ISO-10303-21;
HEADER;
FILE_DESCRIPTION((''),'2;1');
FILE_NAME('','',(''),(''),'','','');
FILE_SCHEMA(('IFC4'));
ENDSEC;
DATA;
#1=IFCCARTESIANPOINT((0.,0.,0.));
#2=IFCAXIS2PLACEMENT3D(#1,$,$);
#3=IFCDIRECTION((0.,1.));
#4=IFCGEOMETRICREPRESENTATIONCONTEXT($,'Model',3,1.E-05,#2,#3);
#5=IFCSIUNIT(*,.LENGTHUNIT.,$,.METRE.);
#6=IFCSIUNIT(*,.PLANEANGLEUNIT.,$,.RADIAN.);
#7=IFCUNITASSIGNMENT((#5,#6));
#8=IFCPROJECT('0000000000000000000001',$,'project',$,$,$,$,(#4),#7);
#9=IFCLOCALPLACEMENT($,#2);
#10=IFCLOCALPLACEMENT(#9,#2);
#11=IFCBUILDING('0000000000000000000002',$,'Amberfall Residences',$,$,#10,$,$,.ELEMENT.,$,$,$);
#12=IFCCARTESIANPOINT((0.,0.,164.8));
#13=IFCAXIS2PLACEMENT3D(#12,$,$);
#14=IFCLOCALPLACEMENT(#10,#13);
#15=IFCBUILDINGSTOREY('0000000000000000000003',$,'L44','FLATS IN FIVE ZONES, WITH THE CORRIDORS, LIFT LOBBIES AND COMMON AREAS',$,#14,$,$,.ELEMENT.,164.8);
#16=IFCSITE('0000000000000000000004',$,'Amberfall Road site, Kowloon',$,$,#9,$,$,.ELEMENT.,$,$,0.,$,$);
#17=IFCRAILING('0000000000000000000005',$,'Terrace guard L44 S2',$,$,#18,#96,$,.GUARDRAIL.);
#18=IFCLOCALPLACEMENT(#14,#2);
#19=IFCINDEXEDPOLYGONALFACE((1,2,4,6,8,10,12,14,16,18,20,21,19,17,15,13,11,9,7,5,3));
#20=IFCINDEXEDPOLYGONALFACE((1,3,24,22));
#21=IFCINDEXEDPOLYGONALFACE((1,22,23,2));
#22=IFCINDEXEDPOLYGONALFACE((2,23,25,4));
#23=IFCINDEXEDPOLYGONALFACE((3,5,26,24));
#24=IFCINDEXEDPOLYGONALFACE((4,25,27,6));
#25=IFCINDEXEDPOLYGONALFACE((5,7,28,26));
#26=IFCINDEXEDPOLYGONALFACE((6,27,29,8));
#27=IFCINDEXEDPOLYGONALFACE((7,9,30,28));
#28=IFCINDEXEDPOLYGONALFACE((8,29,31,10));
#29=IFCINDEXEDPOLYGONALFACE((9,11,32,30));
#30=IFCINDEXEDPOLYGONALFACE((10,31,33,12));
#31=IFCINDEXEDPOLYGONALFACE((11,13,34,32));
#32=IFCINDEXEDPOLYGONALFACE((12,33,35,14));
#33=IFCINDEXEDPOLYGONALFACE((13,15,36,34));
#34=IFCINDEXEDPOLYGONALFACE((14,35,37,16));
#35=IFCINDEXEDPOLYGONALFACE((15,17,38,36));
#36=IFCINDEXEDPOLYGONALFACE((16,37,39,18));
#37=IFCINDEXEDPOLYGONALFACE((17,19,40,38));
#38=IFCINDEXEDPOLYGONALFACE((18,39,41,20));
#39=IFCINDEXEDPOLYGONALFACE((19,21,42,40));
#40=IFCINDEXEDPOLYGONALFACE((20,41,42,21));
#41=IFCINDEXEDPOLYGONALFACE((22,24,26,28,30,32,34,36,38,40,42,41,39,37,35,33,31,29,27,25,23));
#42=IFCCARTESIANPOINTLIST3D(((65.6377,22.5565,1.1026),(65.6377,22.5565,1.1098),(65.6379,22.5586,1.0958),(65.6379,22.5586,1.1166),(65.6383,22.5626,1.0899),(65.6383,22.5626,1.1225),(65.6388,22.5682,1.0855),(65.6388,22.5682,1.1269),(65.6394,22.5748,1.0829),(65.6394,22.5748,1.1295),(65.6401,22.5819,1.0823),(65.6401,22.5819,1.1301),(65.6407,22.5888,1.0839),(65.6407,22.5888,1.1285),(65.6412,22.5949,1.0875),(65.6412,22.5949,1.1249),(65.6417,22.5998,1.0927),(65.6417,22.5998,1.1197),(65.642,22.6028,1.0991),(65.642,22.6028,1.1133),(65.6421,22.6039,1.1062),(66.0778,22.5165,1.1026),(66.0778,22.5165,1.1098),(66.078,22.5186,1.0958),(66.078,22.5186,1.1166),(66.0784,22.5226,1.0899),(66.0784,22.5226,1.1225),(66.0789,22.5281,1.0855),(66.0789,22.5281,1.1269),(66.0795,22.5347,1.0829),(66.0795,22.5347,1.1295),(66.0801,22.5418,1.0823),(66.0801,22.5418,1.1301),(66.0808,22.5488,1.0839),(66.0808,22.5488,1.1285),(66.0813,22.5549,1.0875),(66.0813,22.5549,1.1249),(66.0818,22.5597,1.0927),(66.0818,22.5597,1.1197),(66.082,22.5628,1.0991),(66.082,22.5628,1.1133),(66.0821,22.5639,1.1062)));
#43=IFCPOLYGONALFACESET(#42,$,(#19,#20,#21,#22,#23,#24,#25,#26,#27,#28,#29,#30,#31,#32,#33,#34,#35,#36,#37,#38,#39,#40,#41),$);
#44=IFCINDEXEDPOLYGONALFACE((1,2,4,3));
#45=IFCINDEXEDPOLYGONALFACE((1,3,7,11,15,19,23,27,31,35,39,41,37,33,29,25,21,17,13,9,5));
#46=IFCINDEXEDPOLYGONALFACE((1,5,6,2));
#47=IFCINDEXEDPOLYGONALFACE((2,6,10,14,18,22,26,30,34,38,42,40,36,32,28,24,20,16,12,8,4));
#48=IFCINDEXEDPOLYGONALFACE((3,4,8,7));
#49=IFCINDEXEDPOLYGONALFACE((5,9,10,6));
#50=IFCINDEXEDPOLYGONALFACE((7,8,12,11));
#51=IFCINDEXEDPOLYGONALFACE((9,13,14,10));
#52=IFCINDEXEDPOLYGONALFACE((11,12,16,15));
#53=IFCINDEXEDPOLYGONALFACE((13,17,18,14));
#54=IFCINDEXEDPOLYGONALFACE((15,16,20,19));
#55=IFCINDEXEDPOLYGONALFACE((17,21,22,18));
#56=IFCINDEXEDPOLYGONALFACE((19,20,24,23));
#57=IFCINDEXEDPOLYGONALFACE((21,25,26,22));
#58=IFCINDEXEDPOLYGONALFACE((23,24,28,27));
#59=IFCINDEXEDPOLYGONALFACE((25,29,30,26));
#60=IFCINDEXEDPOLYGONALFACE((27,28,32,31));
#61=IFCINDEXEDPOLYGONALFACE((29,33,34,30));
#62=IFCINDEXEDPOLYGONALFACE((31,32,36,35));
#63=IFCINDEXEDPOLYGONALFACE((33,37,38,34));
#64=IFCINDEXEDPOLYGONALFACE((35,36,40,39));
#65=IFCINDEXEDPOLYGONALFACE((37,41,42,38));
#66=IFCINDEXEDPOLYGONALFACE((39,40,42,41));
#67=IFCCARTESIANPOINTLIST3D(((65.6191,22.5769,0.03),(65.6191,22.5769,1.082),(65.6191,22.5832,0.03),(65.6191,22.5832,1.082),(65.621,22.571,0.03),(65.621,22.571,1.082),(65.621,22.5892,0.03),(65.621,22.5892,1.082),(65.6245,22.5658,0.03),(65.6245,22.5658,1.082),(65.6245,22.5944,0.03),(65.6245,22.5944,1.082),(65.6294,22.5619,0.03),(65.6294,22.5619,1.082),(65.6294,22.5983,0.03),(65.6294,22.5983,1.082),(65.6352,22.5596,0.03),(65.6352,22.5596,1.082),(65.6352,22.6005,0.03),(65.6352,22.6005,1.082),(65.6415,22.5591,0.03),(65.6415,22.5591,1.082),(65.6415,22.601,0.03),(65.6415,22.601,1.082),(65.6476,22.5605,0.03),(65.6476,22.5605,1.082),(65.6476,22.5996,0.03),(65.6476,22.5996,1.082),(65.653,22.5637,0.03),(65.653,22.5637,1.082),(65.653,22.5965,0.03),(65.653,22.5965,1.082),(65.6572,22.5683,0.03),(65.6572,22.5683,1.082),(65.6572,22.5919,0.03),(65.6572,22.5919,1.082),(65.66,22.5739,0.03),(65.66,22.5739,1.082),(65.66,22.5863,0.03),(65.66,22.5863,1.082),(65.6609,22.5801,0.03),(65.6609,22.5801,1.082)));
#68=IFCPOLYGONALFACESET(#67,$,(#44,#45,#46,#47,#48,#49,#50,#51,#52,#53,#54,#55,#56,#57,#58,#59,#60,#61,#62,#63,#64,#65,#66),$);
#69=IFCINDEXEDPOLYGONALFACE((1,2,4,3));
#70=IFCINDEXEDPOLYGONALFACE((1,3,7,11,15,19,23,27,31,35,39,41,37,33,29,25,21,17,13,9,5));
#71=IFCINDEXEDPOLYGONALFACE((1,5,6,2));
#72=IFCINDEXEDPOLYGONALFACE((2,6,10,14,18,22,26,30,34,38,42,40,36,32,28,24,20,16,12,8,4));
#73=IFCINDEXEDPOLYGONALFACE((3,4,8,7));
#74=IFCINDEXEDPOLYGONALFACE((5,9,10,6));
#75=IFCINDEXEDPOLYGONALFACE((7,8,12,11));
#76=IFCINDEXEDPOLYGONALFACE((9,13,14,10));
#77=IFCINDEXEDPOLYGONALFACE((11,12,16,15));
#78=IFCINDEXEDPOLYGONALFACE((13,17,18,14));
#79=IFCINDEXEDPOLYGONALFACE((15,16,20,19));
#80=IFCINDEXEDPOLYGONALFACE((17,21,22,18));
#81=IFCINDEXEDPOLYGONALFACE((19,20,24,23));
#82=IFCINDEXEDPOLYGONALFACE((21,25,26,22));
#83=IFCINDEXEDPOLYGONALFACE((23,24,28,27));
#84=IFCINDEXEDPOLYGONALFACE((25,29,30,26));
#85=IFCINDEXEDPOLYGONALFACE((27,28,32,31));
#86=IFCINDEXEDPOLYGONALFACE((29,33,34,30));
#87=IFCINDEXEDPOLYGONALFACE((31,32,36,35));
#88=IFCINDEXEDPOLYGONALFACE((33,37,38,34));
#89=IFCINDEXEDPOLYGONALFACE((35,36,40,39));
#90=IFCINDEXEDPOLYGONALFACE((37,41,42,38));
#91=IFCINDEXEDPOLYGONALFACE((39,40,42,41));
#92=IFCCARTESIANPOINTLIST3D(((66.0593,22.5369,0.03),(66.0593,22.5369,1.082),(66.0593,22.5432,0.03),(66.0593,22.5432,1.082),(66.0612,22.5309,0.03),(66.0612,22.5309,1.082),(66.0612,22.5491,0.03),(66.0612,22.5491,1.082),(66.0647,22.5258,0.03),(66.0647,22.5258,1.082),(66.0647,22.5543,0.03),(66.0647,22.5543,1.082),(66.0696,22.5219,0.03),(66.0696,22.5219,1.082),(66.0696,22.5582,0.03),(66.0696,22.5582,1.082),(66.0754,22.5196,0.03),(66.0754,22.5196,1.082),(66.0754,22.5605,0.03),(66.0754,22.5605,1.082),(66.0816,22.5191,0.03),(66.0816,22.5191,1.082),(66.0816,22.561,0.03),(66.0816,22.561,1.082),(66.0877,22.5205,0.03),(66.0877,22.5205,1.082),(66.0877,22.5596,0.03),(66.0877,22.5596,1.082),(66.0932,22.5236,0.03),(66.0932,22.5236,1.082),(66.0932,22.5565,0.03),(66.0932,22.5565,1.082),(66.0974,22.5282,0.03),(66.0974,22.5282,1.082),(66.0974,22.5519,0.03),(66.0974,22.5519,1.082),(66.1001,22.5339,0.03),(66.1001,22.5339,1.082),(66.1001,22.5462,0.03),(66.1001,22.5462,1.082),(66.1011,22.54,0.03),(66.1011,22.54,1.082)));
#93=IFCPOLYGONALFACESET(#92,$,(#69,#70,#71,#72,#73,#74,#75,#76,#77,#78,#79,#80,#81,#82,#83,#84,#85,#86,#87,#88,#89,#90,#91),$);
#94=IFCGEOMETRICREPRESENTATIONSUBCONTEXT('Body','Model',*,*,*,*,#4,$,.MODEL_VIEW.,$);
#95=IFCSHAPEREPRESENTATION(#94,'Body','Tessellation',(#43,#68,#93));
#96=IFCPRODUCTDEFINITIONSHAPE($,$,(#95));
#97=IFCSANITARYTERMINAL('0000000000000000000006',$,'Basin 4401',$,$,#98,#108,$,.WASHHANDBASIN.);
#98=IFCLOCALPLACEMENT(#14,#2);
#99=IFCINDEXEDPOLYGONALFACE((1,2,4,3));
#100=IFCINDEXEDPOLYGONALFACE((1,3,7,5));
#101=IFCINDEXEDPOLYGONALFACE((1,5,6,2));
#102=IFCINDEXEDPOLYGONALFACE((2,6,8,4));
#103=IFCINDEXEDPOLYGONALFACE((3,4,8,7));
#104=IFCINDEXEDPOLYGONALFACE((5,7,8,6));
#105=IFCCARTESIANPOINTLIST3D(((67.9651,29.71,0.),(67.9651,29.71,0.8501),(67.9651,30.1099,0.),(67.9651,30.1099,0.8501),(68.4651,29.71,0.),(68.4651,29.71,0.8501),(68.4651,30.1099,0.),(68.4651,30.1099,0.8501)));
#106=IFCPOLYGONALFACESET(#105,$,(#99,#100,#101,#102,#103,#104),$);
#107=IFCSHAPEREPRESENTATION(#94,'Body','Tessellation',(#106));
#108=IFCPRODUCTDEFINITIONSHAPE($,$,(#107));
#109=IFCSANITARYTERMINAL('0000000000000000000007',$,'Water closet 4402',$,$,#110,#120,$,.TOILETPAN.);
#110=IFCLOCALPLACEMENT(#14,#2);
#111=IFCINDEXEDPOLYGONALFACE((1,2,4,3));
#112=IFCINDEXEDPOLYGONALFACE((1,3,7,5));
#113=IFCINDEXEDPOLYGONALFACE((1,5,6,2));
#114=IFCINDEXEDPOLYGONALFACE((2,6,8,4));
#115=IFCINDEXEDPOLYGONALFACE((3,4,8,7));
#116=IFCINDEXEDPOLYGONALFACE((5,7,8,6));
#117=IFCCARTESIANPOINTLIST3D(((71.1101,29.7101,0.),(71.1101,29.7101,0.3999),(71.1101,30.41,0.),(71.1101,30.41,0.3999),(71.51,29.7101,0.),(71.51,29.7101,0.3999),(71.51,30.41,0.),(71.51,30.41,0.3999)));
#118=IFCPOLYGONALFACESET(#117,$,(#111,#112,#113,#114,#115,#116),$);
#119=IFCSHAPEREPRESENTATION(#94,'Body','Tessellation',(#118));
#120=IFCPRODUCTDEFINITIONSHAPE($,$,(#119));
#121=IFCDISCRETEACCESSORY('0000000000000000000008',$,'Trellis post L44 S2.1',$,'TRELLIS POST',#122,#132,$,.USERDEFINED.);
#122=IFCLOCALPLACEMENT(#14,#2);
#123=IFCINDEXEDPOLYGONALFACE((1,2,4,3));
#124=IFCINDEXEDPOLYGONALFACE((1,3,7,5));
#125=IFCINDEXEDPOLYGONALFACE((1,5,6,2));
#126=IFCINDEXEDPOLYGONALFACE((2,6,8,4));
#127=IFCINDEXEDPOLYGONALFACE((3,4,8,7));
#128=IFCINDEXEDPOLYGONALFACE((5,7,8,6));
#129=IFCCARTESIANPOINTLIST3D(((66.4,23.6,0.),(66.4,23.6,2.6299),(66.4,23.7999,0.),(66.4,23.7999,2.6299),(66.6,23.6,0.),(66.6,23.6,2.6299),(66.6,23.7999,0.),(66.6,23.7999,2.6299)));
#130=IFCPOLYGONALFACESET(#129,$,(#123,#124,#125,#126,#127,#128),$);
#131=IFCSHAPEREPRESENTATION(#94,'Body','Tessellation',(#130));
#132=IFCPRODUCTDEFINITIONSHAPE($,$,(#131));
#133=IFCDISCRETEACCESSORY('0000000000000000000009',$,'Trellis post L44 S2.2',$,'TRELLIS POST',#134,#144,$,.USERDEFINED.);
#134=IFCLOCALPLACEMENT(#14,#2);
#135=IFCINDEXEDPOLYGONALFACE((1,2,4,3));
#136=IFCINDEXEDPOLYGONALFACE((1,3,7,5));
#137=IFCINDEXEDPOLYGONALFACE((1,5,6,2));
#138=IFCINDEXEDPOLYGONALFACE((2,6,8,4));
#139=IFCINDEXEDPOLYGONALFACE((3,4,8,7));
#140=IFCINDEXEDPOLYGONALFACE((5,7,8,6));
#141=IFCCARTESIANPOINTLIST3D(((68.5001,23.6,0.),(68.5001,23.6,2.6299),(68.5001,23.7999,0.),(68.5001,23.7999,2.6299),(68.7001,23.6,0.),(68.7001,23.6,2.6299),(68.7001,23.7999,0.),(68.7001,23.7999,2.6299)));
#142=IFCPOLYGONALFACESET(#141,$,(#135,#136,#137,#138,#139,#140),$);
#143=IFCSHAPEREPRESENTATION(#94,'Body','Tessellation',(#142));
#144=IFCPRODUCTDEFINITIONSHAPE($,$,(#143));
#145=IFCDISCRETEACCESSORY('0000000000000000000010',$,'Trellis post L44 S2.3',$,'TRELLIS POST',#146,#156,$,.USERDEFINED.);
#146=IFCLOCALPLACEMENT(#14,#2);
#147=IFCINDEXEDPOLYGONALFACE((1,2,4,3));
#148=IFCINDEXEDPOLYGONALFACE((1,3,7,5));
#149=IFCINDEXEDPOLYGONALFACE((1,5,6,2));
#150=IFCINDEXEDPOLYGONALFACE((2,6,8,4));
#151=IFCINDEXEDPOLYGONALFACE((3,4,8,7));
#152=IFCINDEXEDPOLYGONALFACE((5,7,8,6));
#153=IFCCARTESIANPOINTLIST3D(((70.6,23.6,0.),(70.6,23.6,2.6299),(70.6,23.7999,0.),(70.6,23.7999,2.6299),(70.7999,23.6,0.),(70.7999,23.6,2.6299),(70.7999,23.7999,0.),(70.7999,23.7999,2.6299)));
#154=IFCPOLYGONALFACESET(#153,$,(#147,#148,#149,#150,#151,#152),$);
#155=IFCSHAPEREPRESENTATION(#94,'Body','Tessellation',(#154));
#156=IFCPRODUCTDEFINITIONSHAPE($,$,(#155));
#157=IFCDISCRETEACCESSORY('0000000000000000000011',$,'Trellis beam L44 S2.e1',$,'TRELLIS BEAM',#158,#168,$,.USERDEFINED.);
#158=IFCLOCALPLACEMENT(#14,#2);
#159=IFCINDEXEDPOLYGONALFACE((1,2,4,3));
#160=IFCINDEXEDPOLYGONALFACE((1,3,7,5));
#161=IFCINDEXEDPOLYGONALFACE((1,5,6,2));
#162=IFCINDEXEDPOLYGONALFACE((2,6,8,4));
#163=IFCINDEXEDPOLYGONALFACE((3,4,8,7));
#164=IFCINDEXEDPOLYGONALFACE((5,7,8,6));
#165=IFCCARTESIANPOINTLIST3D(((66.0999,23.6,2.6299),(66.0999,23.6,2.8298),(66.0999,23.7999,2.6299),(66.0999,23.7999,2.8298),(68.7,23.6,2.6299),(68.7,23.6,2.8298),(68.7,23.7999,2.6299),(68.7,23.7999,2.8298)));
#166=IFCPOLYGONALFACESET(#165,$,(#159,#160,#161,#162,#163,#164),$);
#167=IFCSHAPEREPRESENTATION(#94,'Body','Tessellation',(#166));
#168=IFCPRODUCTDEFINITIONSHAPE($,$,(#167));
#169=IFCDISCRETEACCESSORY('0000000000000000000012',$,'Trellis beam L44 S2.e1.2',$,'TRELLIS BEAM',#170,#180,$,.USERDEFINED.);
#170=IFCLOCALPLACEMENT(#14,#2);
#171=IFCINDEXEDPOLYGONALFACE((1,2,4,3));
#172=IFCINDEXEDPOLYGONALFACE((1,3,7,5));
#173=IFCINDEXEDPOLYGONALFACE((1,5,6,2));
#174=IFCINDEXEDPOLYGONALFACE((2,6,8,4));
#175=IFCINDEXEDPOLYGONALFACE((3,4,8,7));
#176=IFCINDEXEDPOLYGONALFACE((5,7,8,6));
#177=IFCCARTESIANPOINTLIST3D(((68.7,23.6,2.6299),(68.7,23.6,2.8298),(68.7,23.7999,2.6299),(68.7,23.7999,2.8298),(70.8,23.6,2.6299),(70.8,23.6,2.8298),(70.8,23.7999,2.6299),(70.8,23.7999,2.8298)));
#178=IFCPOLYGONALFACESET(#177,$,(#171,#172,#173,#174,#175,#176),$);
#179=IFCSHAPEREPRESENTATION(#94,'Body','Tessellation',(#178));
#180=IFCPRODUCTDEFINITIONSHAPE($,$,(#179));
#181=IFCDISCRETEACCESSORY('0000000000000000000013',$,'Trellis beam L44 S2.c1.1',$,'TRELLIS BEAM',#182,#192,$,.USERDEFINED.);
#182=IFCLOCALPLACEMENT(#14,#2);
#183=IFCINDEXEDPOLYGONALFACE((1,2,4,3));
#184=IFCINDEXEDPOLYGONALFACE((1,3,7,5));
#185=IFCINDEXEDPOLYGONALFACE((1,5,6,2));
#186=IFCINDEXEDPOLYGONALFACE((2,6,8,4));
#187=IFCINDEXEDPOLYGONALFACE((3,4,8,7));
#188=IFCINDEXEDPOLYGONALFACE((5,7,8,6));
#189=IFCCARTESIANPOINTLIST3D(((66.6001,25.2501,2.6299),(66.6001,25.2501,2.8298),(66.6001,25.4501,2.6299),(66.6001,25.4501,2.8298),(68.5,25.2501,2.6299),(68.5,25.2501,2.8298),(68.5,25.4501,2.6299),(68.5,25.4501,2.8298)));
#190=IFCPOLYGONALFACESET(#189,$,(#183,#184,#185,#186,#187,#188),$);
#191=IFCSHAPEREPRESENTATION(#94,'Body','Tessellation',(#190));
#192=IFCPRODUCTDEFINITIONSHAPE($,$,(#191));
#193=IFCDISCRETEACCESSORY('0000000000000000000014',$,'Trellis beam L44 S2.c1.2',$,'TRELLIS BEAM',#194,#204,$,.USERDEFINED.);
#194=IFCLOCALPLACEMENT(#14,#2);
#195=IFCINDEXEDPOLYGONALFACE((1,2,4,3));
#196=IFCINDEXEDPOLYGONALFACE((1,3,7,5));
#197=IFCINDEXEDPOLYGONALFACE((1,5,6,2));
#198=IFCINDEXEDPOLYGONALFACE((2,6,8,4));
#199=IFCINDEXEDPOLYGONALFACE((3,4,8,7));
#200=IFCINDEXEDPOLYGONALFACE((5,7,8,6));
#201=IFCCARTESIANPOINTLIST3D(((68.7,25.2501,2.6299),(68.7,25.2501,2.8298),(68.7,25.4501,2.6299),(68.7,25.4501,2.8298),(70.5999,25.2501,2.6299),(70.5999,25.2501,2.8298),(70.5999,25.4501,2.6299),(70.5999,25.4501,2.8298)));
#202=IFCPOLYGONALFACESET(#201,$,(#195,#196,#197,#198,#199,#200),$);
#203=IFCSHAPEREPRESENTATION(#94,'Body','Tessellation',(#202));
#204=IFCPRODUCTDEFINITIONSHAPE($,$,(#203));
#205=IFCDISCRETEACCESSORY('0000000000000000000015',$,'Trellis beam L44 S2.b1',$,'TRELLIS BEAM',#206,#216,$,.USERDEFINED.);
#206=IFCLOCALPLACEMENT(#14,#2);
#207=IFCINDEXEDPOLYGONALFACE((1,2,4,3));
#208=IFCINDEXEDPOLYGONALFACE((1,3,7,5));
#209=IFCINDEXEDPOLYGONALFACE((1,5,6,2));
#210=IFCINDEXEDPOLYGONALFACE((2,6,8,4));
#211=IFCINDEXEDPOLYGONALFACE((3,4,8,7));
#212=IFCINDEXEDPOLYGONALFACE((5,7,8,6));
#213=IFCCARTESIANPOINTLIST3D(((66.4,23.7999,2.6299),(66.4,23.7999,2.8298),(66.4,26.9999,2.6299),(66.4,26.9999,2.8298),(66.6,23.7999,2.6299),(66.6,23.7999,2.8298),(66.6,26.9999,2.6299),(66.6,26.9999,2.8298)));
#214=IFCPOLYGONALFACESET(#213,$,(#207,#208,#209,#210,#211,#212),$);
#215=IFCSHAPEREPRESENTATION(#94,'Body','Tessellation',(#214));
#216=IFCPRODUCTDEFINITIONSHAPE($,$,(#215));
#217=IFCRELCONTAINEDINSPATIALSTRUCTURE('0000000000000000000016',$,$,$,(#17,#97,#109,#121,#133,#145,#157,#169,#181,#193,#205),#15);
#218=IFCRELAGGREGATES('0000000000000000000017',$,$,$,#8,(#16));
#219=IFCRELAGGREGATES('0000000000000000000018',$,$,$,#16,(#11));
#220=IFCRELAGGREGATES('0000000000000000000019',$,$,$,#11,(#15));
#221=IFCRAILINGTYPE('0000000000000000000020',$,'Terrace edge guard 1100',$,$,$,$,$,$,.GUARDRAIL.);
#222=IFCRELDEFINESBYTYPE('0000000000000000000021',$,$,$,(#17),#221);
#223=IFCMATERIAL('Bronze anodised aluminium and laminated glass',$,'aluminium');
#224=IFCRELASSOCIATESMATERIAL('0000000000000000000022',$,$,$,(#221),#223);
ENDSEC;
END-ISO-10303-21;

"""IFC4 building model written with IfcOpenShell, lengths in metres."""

from ifc_helpers import new_model, si_unit, direction, frame, origin, origin_2d, place, context, subcontext, project, spatial, rectangle, circle, extrude, material, type_object, element, save


model = new_model("IFC4")

# Units and contexts
model_context = context("Model", 3, precision=1e-05, world=origin(), true_north=direction((0.0, 1.0)))
body_context = subcontext(model_context, "Body", "Model", "MODEL_VIEW")
ifc_project = project(units=[si_unit("LENGTHUNIT", "METRE"), si_unit("PLANEANGLEUNIT", "RADIAN")], contexts=[model_context])

# Site, building, storey
site_placement = place(None, origin())
site = spatial("IfcSite", under=ifc_project, at=site_placement, Name="Amberfall Road site, Kowloon", CompositionType="ELEMENT", RefElevation=0.0)
building_placement = place(site_placement, origin())
building = spatial("IfcBuilding", under=site, at=building_placement, Name="Amberfall Residences", CompositionType="ELEMENT")
storey_placement = place(building_placement, frame((0.0, 0.0, 164.8)))
storey = spatial("IfcBuildingStorey", under=building, at=storey_placement, Name="L44", Description="FLATS IN FIVE ZONES, WITH THE CORRIDORS, LIFT LOBBIES AND COMMON AREAS", CompositionType="ELEMENT", Elevation=164.8)

# Railing
ifc_material_1 = material(Name="Bronze anodised aluminium and laminated glass", Category="aluminium")
railing_type = type_object("IfcRailingType", Name="Terrace edge guard 1100", PredefinedType="GUARDRAIL", material=ifc_material_1)
railing_placement = place(storey_placement, frame((65.6399, 22.5801, 0.03)))
element("IfcRailing", 1, at=railing_placement, inside=storey, type_object=railing_type, Name="Terrace guard L44 S2", PredefinedType="GUARDRAIL", context=body_context, shape_type="SweptSolid", body=[
    extrude(circle(Radius=0.0239, at=origin_2d()), frame((0.0, 0.0, 1.0762), z_axis=(0.995889, -0.090586, 0.0), x_axis=(0.090586, 0.995889, 0.0)), (0.0, 0.0, 1.0), 0.4419),
    extrude(circle(Radius=0.021, at=origin_2d()), origin(), (0.0, 0.0, 1.0), 1.052),
    extrude(circle(Radius=0.021, at=origin_2d()), frame((0.4402, -0.04, 0.0)), (0.0, 0.0, 1.0), 1.052),
])

# Sanitary terminals
sanitary_terminal_1_placement = place(storey_placement, frame((68.2151, 29.9099, 0.0), z_axis=(0.0, 0.0, 1.0), x_axis=(1.0, 0.0, 0.0)))
element("IfcSanitaryTerminal", 2, at=sanitary_terminal_1_placement, inside=storey, Name="Basin 4401", PredefinedType="WASHHANDBASIN", context=body_context, shape_type="SweptSolid", body=[
    extrude(rectangle(XDim=0.5, YDim=0.3999, at=origin_2d()), origin(), (0.0, 0.0, 1.0), 0.8501),
])
sanitary_terminal_2_placement = place(storey_placement, frame((71.3101, 30.0601, 0.0), z_axis=(0.0, 0.0, 1.0), x_axis=(1.0, 0.0, 0.0)))
element("IfcSanitaryTerminal", 3, at=sanitary_terminal_2_placement, inside=storey, Name="Water closet 4402", PredefinedType="TOILETPAN", context=body_context, shape_type="SweptSolid", body=[
    extrude(rectangle(XDim=0.3999, YDim=0.7, at=origin_2d()), origin(), (0.0, 0.0, 1.0), 0.3999),
])

# Discrete accessories
for number, where, z_axis, x_axis, name in (
    (4, (66.5, 23.7, 0.0), (0.0, 0.0, 1.0), (1.0, 0.0, 0.0), "Trellis post L44 S2.1"),
    (5, (68.6001, 23.7, 0.0), (0.0, 0.0, 1.0), (1.0, 0.0, 0.0), "Trellis post L44 S2.2"),
    (6, (70.7, 23.7, 0.0), (0.0, 0.0, 1.0), (1.0, 0.0, 0.0), "Trellis post L44 S2.3"),
):
    element("IfcDiscreteAccessory", number, at=place(storey_placement, frame(where, z_axis=z_axis, x_axis=x_axis)), inside=storey, Name=name, ObjectType="TRELLIS POST", PredefinedType="USERDEFINED", context=body_context, shape_type="SweptSolid", body=[
        extrude(rectangle(XDim=0.2, YDim=0.2, at=origin_2d()), origin(), (0.0, 0.0, 1.0), 2.6299),
    ])
discrete_accessory_1_placement = place(storey_placement, frame((67.3999, 23.7, 2.6299), z_axis=(0.0, 0.0, 1.0), x_axis=(1.0, 0.0, 0.0)))
element("IfcDiscreteAccessory", 7, at=discrete_accessory_1_placement, inside=storey, Name="Trellis beam L44 S2.e1", ObjectType="TRELLIS BEAM", PredefinedType="USERDEFINED", context=body_context, shape_type="SweptSolid", body=[
    extrude(rectangle(XDim=2.6001, YDim=0.2, at=origin_2d()), origin(), (0.0, 0.0, 1.0), 0.2),
])
discrete_accessory_2_placement = place(storey_placement, frame((69.75, 23.7, 2.6299), z_axis=(0.0, 0.0, 1.0), x_axis=(1.0, 0.0, 0.0)))
element("IfcDiscreteAccessory", 8, at=discrete_accessory_2_placement, inside=storey, Name="Trellis beam L44 S2.e1.2", ObjectType="TRELLIS BEAM", PredefinedType="USERDEFINED", context=body_context, shape_type="SweptSolid", body=[
    extrude(rectangle(XDim=2.1001, YDim=0.2, at=origin_2d()), origin(), (0.0, 0.0, 1.0), 0.2),
])
for number, where, z_axis, x_axis, name in (
    (9, (67.55, 25.3501, 2.6299), (0.0, 0.0, 1.0), (1.0, 0.0, 0.0), "Trellis beam L44 S2.c1.1"),
    (10, (69.6499, 25.3501, 2.6299), (0.0, 0.0, 1.0), (1.0, 0.0, 0.0), "Trellis beam L44 S2.c1.2"),
):
    element("IfcDiscreteAccessory", number, at=place(storey_placement, frame(where, z_axis=z_axis, x_axis=x_axis)), inside=storey, Name=name, ObjectType="TRELLIS BEAM", PredefinedType="USERDEFINED", context=body_context, shape_type="SweptSolid", body=[
        extrude(rectangle(XDim=1.8999, YDim=0.2, at=origin_2d()), origin(), (0.0, 0.0, 1.0), 0.2),
    ])
for number, where, z_axis, x_axis, name in (
    (11, (66.5, 25.3999, 2.6299), (0.0, 0.0, 1.0), (0.0, 1.0, 0.0), "Trellis beam L44 S2.b1"),
):
    element("IfcDiscreteAccessory", number, at=place(storey_placement, frame(where, z_axis=z_axis, x_axis=x_axis)), inside=storey, Name=name, ObjectType="TRELLIS BEAM", PredefinedType="USERDEFINED", context=body_context, shape_type="SweptSolid", body=[
        extrude(rectangle(XDim=3.2, YDim=0.2, at=origin_2d()), origin(), (0.0, 0.0, 1.0), 0.2),
    ])

save(model, "model.ifc")
